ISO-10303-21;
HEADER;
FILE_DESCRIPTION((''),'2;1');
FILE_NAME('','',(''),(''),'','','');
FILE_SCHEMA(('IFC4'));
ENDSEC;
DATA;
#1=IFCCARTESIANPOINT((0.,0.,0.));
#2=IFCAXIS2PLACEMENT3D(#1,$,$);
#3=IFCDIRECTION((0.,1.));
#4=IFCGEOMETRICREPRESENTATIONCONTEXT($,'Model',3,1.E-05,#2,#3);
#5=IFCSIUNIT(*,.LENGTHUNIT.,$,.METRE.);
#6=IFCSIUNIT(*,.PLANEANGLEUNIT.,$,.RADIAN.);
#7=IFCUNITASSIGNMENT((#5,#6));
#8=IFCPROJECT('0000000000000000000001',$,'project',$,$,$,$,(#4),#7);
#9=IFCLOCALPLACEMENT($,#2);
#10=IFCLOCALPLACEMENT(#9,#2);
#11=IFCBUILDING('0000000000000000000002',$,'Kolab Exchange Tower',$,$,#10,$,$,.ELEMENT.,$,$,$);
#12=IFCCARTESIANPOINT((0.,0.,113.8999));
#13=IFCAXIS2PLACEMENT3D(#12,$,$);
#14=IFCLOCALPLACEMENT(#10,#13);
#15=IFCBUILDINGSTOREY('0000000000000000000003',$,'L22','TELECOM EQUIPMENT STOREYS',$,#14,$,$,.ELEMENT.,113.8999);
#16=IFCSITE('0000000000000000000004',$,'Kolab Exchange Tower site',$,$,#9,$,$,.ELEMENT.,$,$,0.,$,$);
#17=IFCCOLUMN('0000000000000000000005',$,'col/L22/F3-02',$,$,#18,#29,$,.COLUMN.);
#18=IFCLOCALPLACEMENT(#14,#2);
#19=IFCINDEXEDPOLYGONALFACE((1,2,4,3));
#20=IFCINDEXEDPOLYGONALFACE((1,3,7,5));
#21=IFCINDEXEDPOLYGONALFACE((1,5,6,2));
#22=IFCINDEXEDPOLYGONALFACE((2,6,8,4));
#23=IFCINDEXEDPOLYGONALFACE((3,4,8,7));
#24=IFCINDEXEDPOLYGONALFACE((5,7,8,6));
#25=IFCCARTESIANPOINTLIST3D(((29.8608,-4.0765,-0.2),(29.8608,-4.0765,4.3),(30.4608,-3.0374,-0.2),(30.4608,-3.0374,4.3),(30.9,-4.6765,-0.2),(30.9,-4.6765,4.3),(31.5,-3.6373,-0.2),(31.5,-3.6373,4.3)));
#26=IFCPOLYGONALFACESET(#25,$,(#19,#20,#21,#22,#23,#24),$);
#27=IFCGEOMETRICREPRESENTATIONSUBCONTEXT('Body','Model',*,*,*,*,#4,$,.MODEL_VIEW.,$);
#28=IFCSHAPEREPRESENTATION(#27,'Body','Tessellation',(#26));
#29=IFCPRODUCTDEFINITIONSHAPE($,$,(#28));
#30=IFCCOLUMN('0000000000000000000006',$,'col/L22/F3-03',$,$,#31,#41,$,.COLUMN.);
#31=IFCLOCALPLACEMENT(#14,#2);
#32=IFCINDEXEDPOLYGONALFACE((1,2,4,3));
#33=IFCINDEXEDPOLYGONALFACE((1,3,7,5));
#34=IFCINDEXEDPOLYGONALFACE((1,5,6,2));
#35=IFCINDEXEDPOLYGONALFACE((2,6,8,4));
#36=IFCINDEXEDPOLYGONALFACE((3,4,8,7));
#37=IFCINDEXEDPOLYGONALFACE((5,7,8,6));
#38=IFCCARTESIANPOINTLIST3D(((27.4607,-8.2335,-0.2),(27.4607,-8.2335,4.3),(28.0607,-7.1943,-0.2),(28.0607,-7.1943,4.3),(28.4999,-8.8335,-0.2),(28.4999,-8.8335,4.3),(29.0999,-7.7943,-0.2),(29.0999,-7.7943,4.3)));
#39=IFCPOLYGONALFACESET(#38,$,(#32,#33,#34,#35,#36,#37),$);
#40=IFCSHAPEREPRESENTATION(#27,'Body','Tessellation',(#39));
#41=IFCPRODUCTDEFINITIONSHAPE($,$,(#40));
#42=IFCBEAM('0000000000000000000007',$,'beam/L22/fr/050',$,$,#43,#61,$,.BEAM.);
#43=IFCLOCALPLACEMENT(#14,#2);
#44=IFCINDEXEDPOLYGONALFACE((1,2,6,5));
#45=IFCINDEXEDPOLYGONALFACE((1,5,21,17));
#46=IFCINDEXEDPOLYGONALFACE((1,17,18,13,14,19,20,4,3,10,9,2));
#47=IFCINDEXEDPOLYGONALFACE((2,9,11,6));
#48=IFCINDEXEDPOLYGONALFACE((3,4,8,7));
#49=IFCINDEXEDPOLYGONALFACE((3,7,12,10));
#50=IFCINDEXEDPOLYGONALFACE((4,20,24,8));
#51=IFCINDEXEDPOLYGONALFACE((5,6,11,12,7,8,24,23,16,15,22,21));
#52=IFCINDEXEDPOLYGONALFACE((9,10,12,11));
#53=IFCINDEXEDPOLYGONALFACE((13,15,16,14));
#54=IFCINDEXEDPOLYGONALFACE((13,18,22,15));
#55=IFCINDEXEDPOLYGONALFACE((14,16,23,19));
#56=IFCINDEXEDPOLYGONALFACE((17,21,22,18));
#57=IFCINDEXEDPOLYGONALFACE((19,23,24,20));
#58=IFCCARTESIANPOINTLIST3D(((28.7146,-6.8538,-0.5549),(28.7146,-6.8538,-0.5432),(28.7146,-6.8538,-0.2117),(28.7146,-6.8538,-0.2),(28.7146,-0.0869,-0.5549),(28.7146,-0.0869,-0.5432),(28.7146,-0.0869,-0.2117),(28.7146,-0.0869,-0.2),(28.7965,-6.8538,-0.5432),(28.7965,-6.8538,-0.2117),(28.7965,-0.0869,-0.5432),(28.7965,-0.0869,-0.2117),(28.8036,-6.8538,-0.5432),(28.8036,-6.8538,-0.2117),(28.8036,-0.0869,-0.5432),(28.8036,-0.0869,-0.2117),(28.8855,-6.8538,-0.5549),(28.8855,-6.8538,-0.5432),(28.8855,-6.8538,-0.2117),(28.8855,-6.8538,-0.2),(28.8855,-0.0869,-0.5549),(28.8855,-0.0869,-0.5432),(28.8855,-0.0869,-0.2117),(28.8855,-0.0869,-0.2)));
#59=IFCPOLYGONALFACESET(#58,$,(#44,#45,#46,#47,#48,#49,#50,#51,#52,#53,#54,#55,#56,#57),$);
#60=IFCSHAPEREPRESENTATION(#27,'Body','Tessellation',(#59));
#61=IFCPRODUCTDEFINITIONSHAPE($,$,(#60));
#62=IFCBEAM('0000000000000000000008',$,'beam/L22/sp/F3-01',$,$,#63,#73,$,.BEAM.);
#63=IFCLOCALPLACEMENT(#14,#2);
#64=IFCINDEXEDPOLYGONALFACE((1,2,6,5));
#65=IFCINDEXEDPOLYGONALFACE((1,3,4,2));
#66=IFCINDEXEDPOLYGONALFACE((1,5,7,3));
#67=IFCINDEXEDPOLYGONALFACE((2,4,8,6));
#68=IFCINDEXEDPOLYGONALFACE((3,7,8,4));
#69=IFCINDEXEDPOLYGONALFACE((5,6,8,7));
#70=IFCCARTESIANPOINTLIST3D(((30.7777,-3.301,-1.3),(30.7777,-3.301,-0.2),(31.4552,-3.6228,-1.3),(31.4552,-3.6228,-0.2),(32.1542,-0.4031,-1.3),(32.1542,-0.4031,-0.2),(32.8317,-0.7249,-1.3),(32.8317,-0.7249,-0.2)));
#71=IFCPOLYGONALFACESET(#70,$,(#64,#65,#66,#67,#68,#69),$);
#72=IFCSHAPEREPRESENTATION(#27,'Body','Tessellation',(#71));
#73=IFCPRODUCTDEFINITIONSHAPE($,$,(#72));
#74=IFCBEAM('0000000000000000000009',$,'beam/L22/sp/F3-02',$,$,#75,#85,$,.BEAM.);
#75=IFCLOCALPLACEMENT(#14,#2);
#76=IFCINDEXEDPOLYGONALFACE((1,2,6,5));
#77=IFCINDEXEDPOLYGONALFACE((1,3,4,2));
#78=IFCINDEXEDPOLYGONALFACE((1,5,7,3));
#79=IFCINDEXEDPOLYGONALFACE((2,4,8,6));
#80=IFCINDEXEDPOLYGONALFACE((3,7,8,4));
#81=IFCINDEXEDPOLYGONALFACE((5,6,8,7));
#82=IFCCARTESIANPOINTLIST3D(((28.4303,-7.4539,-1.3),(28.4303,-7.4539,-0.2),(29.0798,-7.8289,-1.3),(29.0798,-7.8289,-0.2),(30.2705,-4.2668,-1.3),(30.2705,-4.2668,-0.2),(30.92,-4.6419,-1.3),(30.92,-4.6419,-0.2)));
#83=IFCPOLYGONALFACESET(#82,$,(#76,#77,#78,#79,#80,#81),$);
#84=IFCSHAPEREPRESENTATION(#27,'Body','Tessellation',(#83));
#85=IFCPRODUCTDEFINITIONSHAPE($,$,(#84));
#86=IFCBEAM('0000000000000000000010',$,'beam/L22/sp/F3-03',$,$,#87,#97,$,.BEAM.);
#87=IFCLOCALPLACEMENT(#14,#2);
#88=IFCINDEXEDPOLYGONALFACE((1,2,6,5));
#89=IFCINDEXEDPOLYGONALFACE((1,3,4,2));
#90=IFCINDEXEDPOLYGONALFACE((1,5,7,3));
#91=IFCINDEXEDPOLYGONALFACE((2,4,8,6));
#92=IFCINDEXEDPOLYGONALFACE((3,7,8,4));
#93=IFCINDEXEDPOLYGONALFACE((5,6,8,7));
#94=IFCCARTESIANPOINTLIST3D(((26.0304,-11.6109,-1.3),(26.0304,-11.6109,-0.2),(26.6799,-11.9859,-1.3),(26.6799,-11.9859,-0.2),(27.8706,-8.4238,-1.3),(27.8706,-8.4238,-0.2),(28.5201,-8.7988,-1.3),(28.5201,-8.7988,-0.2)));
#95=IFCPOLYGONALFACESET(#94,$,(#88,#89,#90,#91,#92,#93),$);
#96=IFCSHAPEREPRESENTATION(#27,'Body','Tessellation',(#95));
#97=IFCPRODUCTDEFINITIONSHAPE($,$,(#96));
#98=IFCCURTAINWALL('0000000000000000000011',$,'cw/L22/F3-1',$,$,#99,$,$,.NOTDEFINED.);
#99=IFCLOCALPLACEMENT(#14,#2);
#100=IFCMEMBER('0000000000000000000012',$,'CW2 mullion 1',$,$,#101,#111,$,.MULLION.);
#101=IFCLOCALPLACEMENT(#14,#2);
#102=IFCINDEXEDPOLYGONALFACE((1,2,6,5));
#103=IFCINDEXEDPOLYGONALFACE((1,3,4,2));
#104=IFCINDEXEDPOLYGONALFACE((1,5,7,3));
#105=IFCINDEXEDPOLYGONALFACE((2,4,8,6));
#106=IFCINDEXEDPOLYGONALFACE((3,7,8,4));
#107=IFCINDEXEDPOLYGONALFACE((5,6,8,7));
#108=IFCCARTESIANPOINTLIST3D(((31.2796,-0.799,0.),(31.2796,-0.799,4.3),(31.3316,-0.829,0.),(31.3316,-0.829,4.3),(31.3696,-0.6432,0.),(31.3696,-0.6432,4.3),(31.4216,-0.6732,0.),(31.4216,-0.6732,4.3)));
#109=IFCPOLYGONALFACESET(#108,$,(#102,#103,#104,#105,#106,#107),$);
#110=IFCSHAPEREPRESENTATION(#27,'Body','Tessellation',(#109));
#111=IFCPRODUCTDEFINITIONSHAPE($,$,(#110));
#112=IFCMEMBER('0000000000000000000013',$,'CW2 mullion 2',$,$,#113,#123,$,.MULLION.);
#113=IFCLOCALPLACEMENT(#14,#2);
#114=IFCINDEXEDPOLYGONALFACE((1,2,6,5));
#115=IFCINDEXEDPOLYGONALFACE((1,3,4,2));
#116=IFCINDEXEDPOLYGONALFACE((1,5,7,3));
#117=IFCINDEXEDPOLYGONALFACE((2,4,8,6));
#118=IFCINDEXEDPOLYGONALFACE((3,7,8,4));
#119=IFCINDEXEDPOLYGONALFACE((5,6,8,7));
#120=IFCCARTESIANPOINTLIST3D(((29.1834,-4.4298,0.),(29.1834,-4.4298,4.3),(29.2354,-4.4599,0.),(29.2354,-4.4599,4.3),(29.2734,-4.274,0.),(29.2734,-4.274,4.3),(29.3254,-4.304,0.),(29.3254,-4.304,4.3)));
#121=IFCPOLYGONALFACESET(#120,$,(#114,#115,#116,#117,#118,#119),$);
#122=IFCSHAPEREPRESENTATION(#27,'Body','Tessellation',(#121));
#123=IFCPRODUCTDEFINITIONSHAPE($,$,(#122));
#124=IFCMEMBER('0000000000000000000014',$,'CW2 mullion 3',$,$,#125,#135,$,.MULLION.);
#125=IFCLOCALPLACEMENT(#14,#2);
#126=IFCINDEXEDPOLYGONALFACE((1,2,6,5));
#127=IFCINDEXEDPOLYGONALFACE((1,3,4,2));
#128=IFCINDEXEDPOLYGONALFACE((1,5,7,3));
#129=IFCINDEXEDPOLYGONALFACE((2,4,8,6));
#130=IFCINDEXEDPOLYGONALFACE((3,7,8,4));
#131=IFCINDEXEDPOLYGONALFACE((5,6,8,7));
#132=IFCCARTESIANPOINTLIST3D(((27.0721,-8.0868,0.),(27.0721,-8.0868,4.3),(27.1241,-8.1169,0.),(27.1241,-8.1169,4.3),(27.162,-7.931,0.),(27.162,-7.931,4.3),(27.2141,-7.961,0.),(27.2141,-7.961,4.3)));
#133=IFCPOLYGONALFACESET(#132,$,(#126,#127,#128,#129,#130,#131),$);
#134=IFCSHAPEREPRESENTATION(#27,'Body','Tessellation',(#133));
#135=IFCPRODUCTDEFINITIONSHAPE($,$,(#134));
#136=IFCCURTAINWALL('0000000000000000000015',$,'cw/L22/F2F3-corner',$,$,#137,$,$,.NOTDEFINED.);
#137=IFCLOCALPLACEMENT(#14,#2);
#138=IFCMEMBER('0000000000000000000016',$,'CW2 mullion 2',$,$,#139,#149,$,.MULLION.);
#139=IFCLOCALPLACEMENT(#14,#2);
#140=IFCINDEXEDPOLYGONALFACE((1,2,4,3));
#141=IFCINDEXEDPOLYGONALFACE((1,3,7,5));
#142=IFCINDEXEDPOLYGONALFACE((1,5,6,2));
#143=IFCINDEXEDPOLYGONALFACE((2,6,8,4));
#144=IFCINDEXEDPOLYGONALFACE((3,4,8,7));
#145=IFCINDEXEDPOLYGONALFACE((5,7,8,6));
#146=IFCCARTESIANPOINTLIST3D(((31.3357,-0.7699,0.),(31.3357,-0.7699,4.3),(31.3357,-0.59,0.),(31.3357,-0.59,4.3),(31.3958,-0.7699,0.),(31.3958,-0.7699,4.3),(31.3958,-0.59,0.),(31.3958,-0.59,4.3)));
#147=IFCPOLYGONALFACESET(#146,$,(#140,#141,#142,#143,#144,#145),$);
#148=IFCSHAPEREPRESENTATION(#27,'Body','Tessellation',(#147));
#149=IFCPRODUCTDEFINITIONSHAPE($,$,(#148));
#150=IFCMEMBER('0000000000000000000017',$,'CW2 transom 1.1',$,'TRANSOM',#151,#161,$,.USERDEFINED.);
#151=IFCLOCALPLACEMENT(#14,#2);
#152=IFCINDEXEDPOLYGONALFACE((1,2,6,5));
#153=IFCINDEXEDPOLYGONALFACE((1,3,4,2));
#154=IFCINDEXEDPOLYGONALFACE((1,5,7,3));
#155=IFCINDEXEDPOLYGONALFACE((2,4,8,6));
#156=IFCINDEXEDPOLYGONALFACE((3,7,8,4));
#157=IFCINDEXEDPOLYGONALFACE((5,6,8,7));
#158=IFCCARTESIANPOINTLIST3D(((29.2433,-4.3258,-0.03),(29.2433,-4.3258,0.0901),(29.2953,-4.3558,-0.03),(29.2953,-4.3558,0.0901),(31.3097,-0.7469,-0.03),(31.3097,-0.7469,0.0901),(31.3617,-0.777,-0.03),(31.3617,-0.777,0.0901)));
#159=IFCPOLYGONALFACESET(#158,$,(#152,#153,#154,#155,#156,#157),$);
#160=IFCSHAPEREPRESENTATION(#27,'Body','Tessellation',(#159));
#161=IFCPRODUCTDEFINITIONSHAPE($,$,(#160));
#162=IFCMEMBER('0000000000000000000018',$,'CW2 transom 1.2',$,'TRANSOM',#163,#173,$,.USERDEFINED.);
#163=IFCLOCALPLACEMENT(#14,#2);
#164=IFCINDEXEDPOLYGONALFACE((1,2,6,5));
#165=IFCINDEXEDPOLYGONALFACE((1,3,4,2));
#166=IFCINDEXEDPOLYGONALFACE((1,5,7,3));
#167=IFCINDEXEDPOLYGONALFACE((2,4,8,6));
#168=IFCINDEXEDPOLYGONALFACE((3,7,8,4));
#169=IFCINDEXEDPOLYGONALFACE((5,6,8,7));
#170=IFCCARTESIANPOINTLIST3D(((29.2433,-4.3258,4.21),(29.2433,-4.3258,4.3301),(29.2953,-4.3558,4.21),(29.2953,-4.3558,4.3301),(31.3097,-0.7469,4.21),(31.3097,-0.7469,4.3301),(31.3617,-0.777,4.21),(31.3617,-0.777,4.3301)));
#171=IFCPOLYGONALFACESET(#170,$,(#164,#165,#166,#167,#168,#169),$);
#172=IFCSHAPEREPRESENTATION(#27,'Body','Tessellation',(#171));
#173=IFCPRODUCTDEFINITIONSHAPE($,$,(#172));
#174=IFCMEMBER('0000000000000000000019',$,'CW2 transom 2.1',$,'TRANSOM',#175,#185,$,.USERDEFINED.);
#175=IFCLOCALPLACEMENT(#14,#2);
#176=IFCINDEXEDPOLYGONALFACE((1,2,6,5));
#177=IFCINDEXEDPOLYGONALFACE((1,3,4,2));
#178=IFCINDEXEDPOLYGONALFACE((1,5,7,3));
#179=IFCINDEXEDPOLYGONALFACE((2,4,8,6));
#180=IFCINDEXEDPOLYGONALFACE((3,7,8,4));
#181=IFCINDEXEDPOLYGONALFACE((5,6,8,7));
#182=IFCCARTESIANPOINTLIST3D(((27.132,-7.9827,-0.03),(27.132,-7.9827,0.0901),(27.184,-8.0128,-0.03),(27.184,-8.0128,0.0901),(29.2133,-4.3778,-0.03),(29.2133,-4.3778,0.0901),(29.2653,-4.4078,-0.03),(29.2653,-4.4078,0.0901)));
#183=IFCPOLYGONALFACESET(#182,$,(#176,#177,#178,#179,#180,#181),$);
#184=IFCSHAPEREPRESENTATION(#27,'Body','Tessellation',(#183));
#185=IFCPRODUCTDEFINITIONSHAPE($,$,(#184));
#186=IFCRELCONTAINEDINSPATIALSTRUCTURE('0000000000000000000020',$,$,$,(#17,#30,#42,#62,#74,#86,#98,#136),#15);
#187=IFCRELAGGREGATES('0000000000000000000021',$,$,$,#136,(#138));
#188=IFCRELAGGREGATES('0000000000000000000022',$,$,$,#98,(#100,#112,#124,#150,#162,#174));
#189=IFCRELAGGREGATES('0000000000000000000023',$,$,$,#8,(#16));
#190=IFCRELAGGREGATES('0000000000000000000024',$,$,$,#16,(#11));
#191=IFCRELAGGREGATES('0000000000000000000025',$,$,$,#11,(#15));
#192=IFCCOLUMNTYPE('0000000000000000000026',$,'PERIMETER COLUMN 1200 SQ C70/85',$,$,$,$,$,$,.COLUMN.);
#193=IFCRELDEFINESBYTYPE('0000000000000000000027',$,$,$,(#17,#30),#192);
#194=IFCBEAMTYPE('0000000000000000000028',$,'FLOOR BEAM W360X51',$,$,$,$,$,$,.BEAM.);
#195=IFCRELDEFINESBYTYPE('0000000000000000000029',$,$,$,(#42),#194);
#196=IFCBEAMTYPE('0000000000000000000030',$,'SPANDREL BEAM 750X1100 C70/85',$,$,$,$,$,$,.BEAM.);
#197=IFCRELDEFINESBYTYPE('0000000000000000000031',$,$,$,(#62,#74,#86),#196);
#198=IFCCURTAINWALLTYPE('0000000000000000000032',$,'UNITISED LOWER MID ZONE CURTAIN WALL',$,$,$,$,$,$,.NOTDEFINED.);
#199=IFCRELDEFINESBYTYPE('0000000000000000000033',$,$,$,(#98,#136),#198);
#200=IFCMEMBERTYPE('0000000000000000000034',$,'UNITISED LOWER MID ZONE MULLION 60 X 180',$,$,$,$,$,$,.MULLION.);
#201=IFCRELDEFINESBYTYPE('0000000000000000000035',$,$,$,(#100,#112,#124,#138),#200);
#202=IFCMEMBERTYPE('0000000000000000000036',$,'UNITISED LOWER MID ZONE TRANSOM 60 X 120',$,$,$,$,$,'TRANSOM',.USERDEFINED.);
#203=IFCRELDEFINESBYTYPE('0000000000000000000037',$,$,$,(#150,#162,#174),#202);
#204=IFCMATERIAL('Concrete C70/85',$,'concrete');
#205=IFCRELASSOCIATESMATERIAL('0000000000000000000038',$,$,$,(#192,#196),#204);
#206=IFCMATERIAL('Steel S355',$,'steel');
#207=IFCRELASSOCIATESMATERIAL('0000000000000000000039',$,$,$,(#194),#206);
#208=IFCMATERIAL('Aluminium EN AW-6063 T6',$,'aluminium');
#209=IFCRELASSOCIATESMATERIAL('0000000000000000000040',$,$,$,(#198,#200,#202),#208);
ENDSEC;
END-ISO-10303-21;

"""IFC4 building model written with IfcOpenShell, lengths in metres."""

from ifc_helpers import new_model, si_unit, direction, frame, origin, origin_2d, place, context, subcontext, project, spatial, rectangle, i_section, extrude, material, material_profile, profile_set, type_object, element, aggregate, save


model = new_model("IFC4")

# Units and contexts
model_context = context("Model", 3, precision=1e-05, world=origin(), true_north=direction((0.0, 1.0)))
body_context = subcontext(model_context, "Body", "Model", "MODEL_VIEW")
ifc_project = project(units=[si_unit("LENGTHUNIT", "METRE"), si_unit("PLANEANGLEUNIT", "RADIAN")], contexts=[model_context])

# Site, building, storey
site_placement = place(None, origin())
site = spatial("IfcSite", under=ifc_project, at=site_placement, Name="Kolab Exchange Tower site", CompositionType="ELEMENT", RefElevation=0.0)
building_placement = place(site_placement, origin())
building = spatial("IfcBuilding", under=site, at=building_placement, Name="Kolab Exchange Tower", CompositionType="ELEMENT")
storey_placement = place(building_placement, frame((0.0, 0.0, 113.8999)))
storey = spatial("IfcBuildingStorey", under=building, at=storey_placement, Name="L22", Description="TELECOM EQUIPMENT STOREYS", CompositionType="ELEMENT", Elevation=113.8999)

# Columns
ifc_material_1 = material(Name="Concrete C70/85", Category="concrete")
ifc_material_profile_1 = material_profile(ifc_material_1, rectangle(XDim=1.2, YDim=1.2, at=origin_2d()), Name="RC1200")
ifc_profile_set_1 = profile_set([ifc_material_profile_1], Name="Concrete C70/85")
column_type = type_object("IfcColumnType", Name="PERIMETER COLUMN 1200 SQ C70/85", PredefinedType="COLUMN", material=ifc_profile_set_1)
for number, where, z_axis, x_axis, name in (
    (1, (30.6804, -3.8569, -0.2), (0.0, 0.0, 1.0), (0.5, 0.866025, 0.0), "col/L22/F3-02"),
    (2, (28.2803, -8.0139, -0.2), (0.0, 0.0, 1.0), (0.5, 0.866025, 0.0), "col/L22/F3-03"),
):
    element("IfcColumn", number, at=place(storey_placement, frame(where, z_axis=z_axis, x_axis=x_axis)), inside=storey, type_object=column_type, Name=name, PredefinedType="COLUMN", context=body_context, shape_type="SweptSolid", body=[
        extrude(rectangle(XDim=1.2, YDim=1.2, at=origin_2d()), origin(), (0.0, 0.0, 1.0), 4.5),
    ])

# Beams
ifc_material_2 = material(Name="Steel S355", Category="steel")
ifc_material_profile_2 = material_profile(ifc_material_2, i_section(OverallWidth=0.1709, OverallDepth=0.355, WebThickness=0.0071, FlangeThickness=0.0117, at=origin_2d()), Name="W360X51")
ifc_profile_set_2 = profile_set([ifc_material_profile_2], Name="Steel S355")
beam_type_1 = type_object("IfcBeamType", Name="FLOOR BEAM W360X51", PredefinedType="BEAM", material=ifc_profile_set_2)
beam_1_placement = place(storey_placement, frame((28.8, -6.8538, -0.3774), z_axis=(0.0, 1.0, 0.0), x_axis=(-1.0, 0.0, 0.0)))
element("IfcBeam", 3, at=beam_1_placement, inside=storey, type_object=beam_type_1, Name="beam/L22/fr/050", PredefinedType="BEAM", context=body_context, shape_type="SweptSolid", body=[
    extrude(i_section(OverallWidth=0.1709, OverallDepth=0.355, WebThickness=0.0071, FlangeThickness=0.0117, at=origin_2d()), origin(), (0.0, 0.0, 1.0), 6.7668),
])
ifc_material_profile_3 = material_profile(ifc_material_1, rectangle(XDim=0.75, YDim=1.1001, at=origin_2d()), Name="RC750X1100")
ifc_profile_set_3 = profile_set([ifc_material_profile_3], Name="Concrete C70/85")
beam_type_2 = type_object("IfcBeamType", Name="SPANDREL BEAM 750X1100 C70/85", PredefinedType="BEAM", material=ifc_profile_set_3)
beam_2_placement = place(storey_placement, frame((32.4929, -0.564, -0.75), z_axis=(-0.429041, -0.903285, 0.0), x_axis=(0.903285, -0.429041, 0.0)))
element("IfcBeam", 4, at=beam_2_placement, inside=storey, type_object=beam_type_2, Name="beam/L22/sp/F3-01", PredefinedType="BEAM", context=body_context, shape_type="SweptSolid", body=[
    extrude(rectangle(XDim=0.75, YDim=1.1001, at=origin_2d()), origin(), (0.0, 0.0, 1.0), 3.2083),
])
for number, where, z_axis, x_axis, name in (
    (5, (30.5952, -4.4543, -0.75), (-0.500013, -0.866018, 0.0), (0.866018, -0.500013, 0.0), "beam/L22/sp/F3-02"),
    (6, (28.1953, -8.6113, -0.75), (-0.500013, -0.866018, 0.0), (0.866018, -0.500013, 0.0), "beam/L22/sp/F3-03"),
):
    element("IfcBeam", number, at=place(storey_placement, frame(where, z_axis=z_axis, x_axis=x_axis)), inside=storey, type_object=beam_type_2, Name=name, PredefinedType="BEAM", context=body_context, shape_type="SweptSolid", body=[
        extrude(rectangle(XDim=0.75, YDim=1.1001, at=origin_2d()), origin(), (0.0, 0.0, 1.0), 3.6802),
    ])

# Curtain wall, members
ifc_material_3 = material(Name="Aluminium EN AW-6063 T6", Category="aluminium")
curtain_wall_type = type_object("IfcCurtainWallType", Name="UNITISED LOWER MID ZONE CURTAIN WALL", PredefinedType="NOTDEFINED", material=ifc_material_3)
curtain_wall_1_placement = place(storey_placement, origin())
curtain_wall_1 = element("IfcCurtainWall", 7, at=curtain_wall_1_placement, inside=storey, type_object=curtain_wall_type, Name="cw/L22/F3-1", PredefinedType="NOTDEFINED")
ifc_material_profile_4 = material_profile(ifc_material_3, rectangle(XDim=0.0601, YDim=0.1799, at=origin_2d()), Name="RECT 60X180")
ifc_profile_set_4 = profile_set([ifc_material_profile_4], Name="Aluminium EN AW-6063 T6")
member_type_1 = type_object("IfcMemberType", Name="UNITISED LOWER MID ZONE MULLION 60 X 180", PredefinedType="MULLION", material=ifc_profile_set_4)
member_1_placement = place(storey_placement, frame((31.3506, -0.7361, 0.0), z_axis=(0.0, 0.0, 1.0), x_axis=(0.866025, -0.5, 0.0)))
member_1 = element("IfcMember", 8, at=member_1_placement, type_object=member_type_1, Name="CW2 mullion 1", PredefinedType="MULLION", context=body_context, shape_type="SweptSolid", body=[
    extrude(rectangle(XDim=0.0601, YDim=0.1799, at=origin_2d()), origin(), (0.0, 0.0, 1.0), 4.3),
])
member_2_placement = place(storey_placement, frame((29.2544, -4.3669, 0.0), z_axis=(0.0, 0.0, 1.0), x_axis=(0.866025, -0.5, 0.0)))
member_2 = element("IfcMember", 9, at=member_2_placement, type_object=member_type_1, Name="CW2 mullion 2", PredefinedType="MULLION", context=body_context, shape_type="SweptSolid", body=[
    extrude(rectangle(XDim=0.0601, YDim=0.1799, at=origin_2d()), origin(), (0.0, 0.0, 1.0), 4.3),
])
member_3_placement = place(storey_placement, frame((27.1431, -8.0239, 0.0), z_axis=(0.0, 0.0, 1.0), x_axis=(0.866025, -0.5, 0.0)))
member_3 = element("IfcMember", 10, at=member_3_placement, type_object=member_type_1, Name="CW2 mullion 3", PredefinedType="MULLION", context=body_context, shape_type="SweptSolid", body=[
    extrude(rectangle(XDim=0.0601, YDim=0.1799, at=origin_2d()), origin(), (0.0, 0.0, 1.0), 4.3),
])

# Curtain wall, member
curtain_wall_2_placement = place(storey_placement, origin())
curtain_wall_2 = element("IfcCurtainWall", 11, at=curtain_wall_2_placement, inside=storey, type_object=curtain_wall_type, Name="cw/L22/F2F3-corner", PredefinedType="NOTDEFINED")
member_4_placement = place(storey_placement, frame((31.3657, -0.6799, 0.0), z_axis=(0.0, 0.0, 1.0), x_axis=(1.0, 0.0, 0.0)))
member_4 = element("IfcMember", 12, at=member_4_placement, type_object=member_type_1, Name="CW2 mullion 2", PredefinedType="MULLION", context=body_context, shape_type="SweptSolid", body=[
    extrude(rectangle(XDim=0.0601, YDim=0.1799, at=origin_2d()), origin(), (0.0, 0.0, 1.0), 4.3),
])
aggregate(curtain_wall_2, [member_4])

# Members
ifc_material_profile_5 = material_profile(ifc_material_3, rectangle(XDim=0.0601, YDim=0.1201, at=origin_2d()), Name="RECT 60X120")
ifc_profile_set_5 = profile_set([ifc_material_profile_5], Name="Aluminium EN AW-6063 T6")
member_type_2 = type_object("IfcMemberType", Name="UNITISED LOWER MID ZONE TRANSOM 60 X 120", ElementType="TRANSOM", PredefinedType="USERDEFINED", material=ifc_profile_set_5)
member_5_placement = place(storey_placement, frame((31.3357, -0.762, 0.03), z_axis=(-0.500028, -0.866009, 0.0), x_axis=(0.866009, -0.500028, 0.0)))
member_5 = element("IfcMember", 13, at=member_5_placement, type_object=member_type_2, Name="CW2 transom 1.1", ObjectType="TRANSOM", PredefinedType="USERDEFINED", context=body_context, shape_type="SweptSolid", body=[
    extrude(rectangle(XDim=0.0601, YDim=0.1201, at=origin_2d()), origin(), (0.0, 0.0, 1.0), 4.1326),
])
member_6_placement = place(storey_placement, frame((31.3357, -0.762, 4.27), z_axis=(-0.500028, -0.866009, 0.0), x_axis=(0.866009, -0.500028, 0.0)))
member_6 = element("IfcMember", 14, at=member_6_placement, type_object=member_type_2, Name="CW2 transom 1.2", ObjectType="TRANSOM", PredefinedType="USERDEFINED", context=body_context, shape_type="SweptSolid", body=[
    extrude(rectangle(XDim=0.0601, YDim=0.1201, at=origin_2d()), origin(), (0.0, 0.0, 1.0), 4.1326),
])
member_7_placement = place(storey_placement, frame((29.2393, -4.3928, 0.03), z_axis=(-0.499993, -0.866029, 0.0), x_axis=(0.866029, -0.499993, 0.0)))
member_7 = element("IfcMember", 15, at=member_7_placement, type_object=member_type_2, Name="CW2 transom 2.1", ObjectType="TRANSOM", PredefinedType="USERDEFINED", context=body_context, shape_type="SweptSolid", body=[
    extrude(rectangle(XDim=0.0601, YDim=0.1201, at=origin_2d()), origin(), (0.0, 0.0, 1.0), 4.1626),
])

aggregate(curtain_wall_1, [member_1, member_2, member_3, member_5, member_6, member_7])

save(model, "model.ifc")
